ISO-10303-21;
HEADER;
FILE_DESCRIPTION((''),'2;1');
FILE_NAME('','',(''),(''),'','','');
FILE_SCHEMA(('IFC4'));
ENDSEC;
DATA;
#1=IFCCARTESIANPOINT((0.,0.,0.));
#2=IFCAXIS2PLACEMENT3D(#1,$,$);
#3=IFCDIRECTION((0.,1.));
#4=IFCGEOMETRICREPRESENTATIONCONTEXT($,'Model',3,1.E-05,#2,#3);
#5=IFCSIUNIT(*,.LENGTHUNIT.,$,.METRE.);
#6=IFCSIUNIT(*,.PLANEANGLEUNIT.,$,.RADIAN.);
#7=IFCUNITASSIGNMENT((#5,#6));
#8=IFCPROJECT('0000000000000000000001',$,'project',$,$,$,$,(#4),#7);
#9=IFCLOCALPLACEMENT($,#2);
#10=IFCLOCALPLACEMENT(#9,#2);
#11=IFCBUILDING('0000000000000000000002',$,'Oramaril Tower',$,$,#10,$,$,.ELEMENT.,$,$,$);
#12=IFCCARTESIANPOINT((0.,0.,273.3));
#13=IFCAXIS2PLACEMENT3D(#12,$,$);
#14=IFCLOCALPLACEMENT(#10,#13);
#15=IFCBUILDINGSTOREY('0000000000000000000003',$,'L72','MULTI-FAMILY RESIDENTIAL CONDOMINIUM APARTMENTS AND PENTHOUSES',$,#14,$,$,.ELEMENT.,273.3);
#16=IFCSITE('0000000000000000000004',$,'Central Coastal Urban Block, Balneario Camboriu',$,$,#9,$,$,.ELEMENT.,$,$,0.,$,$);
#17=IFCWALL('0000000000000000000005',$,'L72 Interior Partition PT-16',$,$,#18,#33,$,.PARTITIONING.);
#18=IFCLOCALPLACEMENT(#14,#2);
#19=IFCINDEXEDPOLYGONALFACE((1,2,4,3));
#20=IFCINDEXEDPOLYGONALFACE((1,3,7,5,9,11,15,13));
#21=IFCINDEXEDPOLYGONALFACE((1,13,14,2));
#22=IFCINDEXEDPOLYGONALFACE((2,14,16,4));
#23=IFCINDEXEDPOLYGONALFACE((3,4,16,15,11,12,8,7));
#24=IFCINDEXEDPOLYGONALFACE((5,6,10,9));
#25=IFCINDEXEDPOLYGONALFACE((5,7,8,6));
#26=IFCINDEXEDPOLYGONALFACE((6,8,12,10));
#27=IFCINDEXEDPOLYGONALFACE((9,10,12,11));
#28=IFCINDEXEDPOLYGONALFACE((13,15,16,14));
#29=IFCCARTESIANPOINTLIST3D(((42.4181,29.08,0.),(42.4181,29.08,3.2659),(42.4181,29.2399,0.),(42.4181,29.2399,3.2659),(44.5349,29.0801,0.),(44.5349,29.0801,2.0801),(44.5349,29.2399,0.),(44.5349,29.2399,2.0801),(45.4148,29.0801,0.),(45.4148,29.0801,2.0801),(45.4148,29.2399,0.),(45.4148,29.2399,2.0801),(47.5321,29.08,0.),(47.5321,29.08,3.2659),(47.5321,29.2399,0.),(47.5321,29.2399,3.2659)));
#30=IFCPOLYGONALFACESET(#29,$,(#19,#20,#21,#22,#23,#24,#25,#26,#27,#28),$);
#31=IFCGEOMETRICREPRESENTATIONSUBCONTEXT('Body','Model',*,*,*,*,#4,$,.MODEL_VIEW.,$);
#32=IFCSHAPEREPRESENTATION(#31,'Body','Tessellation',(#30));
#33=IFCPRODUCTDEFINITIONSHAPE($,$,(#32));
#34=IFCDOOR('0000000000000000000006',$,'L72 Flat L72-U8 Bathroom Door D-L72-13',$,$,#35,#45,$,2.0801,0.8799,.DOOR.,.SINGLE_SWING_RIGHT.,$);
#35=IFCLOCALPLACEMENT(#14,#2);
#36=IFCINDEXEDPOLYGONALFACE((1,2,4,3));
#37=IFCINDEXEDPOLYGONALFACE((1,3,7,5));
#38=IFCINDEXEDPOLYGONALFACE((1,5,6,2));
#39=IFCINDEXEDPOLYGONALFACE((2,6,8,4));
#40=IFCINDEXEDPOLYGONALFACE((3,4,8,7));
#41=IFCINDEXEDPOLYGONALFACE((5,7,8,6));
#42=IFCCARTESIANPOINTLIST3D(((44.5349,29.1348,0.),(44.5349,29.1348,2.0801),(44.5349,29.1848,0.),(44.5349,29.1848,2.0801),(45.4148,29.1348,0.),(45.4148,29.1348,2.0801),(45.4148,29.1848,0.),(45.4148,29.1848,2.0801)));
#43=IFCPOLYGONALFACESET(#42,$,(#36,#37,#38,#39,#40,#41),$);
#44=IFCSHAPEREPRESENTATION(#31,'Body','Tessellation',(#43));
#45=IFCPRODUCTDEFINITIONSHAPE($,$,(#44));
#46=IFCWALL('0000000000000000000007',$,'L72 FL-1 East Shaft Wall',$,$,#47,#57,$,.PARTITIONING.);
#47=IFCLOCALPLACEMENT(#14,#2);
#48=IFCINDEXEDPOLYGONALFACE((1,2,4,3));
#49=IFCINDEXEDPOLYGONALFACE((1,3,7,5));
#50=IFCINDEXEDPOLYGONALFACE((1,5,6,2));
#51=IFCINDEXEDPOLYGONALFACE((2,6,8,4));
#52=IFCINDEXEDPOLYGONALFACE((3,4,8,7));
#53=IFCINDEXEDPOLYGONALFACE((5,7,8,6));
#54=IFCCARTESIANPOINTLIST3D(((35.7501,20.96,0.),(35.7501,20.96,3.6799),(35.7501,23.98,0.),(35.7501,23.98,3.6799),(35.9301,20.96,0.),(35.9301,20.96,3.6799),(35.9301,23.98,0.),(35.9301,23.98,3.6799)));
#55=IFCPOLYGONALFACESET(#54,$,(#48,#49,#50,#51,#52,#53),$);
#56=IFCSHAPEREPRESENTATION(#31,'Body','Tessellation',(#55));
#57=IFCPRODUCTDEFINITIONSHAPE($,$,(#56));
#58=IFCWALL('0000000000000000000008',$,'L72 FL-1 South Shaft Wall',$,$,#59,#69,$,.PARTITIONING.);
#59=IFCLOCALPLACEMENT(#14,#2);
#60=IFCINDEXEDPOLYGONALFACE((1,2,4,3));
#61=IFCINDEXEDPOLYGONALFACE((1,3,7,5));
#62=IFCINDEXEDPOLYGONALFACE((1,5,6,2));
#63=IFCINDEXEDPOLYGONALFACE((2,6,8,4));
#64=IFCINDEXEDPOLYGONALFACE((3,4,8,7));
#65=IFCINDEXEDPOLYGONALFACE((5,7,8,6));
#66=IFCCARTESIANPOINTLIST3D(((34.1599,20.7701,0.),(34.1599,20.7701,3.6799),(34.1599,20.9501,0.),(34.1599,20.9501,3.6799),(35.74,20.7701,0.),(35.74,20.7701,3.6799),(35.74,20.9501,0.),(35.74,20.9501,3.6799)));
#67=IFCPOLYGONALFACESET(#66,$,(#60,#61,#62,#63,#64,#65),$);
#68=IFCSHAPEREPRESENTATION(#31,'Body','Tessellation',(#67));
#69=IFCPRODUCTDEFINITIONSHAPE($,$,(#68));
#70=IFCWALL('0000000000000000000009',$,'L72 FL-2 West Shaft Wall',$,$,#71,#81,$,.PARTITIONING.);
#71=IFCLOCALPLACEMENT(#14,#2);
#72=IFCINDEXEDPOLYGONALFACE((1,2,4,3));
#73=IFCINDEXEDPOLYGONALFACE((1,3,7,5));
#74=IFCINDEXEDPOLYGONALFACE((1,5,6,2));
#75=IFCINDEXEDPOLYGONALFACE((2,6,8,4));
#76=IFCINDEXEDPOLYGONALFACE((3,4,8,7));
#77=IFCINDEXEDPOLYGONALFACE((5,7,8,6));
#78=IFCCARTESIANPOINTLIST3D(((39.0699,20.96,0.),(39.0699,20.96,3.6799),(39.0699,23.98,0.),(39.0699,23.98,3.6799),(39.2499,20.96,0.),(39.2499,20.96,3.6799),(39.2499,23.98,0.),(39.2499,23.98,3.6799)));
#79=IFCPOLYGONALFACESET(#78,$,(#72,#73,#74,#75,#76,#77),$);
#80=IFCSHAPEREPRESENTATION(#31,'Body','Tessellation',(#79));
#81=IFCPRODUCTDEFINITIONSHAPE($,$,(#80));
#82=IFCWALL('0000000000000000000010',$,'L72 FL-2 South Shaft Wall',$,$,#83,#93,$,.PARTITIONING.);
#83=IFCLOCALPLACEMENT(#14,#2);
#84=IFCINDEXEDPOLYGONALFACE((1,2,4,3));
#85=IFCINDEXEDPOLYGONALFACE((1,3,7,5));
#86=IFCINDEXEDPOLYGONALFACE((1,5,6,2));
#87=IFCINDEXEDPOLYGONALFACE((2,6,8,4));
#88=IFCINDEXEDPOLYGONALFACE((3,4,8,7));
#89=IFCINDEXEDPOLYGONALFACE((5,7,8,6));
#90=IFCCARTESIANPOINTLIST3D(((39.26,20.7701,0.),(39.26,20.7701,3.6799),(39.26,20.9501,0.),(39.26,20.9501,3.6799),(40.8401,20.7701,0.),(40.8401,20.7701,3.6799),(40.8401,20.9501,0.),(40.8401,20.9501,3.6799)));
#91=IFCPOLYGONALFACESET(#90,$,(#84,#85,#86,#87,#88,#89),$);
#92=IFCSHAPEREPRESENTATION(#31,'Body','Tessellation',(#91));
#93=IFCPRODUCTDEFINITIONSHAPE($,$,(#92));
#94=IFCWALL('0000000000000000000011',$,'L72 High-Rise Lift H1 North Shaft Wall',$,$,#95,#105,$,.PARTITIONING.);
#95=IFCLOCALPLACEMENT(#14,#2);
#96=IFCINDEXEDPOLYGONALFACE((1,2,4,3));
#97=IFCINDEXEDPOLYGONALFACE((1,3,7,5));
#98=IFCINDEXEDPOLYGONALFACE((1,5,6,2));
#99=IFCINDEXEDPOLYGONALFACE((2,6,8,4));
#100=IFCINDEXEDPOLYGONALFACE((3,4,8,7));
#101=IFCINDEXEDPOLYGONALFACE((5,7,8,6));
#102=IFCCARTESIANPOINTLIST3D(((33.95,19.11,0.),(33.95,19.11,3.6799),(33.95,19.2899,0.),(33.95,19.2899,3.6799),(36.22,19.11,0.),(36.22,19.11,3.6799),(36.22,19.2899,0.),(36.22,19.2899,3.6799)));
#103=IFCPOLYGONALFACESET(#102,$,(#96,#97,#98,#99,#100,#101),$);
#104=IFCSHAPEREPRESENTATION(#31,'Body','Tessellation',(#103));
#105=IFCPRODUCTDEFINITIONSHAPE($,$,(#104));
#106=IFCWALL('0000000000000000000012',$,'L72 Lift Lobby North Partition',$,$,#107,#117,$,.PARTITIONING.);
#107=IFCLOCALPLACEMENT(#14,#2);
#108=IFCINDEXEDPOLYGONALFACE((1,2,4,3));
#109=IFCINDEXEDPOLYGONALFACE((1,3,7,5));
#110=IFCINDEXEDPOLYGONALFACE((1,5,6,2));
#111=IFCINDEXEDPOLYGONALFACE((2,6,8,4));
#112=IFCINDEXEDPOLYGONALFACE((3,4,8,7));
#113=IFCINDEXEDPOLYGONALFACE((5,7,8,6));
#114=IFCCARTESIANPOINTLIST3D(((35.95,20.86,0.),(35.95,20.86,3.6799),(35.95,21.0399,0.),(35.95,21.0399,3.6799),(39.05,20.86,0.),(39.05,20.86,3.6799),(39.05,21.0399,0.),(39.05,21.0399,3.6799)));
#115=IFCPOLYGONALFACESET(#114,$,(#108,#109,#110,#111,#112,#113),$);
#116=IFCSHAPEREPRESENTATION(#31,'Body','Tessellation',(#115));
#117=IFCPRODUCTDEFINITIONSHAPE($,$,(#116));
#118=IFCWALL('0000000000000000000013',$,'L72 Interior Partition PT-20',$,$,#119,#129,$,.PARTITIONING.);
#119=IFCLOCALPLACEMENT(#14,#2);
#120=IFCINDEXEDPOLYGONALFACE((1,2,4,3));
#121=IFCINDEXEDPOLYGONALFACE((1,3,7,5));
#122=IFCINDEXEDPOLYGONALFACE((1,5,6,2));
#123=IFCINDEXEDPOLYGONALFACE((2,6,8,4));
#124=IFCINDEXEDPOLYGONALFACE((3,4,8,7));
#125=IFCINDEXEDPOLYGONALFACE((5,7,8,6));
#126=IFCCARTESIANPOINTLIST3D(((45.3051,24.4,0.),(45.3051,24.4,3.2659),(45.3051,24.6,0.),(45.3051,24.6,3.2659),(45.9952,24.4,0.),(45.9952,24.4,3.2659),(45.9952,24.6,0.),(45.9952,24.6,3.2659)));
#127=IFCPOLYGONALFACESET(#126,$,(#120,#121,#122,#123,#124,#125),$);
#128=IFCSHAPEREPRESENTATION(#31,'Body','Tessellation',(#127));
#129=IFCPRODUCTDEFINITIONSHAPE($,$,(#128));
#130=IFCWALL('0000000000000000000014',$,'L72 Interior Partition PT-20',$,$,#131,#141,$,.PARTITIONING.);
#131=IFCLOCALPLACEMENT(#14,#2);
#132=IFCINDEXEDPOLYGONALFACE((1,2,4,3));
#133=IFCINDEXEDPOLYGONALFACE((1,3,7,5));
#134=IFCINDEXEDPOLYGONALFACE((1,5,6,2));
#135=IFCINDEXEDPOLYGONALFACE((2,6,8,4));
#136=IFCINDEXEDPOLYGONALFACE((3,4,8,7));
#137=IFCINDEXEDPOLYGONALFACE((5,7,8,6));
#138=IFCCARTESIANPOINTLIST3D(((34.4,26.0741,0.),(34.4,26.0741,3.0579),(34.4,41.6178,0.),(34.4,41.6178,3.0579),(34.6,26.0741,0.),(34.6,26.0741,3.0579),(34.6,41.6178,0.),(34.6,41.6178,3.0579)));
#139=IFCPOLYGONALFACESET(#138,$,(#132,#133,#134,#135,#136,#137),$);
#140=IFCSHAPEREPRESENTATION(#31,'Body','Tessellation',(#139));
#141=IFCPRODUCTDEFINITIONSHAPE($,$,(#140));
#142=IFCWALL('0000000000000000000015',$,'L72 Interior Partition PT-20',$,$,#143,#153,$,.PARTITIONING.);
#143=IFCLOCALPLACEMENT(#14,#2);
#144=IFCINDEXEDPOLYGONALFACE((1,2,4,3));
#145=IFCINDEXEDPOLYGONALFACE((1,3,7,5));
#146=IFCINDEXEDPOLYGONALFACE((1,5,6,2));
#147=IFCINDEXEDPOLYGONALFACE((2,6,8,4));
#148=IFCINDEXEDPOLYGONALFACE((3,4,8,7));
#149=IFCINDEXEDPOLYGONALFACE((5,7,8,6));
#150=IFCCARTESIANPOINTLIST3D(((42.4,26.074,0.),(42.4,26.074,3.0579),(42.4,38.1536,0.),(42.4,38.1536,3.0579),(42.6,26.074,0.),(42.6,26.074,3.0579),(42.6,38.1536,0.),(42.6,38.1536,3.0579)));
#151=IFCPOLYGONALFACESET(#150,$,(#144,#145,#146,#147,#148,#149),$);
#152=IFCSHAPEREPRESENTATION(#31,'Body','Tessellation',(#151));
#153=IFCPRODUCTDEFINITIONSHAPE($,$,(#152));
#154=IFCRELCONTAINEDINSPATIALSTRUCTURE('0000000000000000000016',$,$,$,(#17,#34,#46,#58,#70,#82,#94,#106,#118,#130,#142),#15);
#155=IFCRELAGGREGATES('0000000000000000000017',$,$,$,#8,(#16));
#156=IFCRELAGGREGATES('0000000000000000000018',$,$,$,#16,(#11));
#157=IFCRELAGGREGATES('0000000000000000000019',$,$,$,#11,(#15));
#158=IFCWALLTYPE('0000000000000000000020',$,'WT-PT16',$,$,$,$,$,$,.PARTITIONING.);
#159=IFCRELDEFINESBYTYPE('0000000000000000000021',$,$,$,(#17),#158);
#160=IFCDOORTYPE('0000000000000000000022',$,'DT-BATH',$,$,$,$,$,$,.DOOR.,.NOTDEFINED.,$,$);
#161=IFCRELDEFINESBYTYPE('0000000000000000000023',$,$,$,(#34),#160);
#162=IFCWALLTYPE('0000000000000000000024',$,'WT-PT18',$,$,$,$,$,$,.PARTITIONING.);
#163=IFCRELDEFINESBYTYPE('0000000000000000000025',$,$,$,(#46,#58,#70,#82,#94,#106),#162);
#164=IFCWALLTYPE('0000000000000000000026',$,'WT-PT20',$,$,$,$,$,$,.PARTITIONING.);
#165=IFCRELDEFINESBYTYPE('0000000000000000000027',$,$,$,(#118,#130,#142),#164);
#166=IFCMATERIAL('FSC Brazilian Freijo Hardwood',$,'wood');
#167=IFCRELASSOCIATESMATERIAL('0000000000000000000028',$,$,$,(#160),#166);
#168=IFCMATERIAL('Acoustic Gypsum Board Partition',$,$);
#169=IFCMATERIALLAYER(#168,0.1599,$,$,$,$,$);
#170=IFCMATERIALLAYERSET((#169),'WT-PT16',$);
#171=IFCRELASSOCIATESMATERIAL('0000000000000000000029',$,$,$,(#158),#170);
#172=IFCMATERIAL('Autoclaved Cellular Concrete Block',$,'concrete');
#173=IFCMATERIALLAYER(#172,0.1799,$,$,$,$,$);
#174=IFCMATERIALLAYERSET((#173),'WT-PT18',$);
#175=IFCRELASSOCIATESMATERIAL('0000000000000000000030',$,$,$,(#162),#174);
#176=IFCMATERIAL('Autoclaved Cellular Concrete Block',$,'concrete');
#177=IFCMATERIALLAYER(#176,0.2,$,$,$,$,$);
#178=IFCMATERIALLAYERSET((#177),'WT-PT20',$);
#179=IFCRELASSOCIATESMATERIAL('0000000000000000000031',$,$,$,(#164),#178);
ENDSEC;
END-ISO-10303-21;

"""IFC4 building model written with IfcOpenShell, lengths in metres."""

from ifc_helpers import new_model, si_unit, direction, frame, frame_2d, origin, place, context, subcontext, project, spatial, rectangle, extrude, material, layer, layer_set, type_object, element, fill, save


model = new_model("IFC4")

# Units and contexts
model_context = context("Model", 3, precision=1e-05, world=origin(), true_north=direction((0.0, 1.0)))
body_context = subcontext(model_context, "Body", "Model", "MODEL_VIEW")
ifc_project = project(units=[si_unit("LENGTHUNIT", "METRE"), si_unit("PLANEANGLEUNIT", "RADIAN")], contexts=[model_context])

# Site, building, storey
site_placement = place(None, origin())
site = spatial("IfcSite", under=ifc_project, at=site_placement, Name="Central Coastal Urban Block, Balneario Camboriu", CompositionType="ELEMENT", RefElevation=0.0)
building_placement = place(site_placement, origin())
building = spatial("IfcBuilding", under=site, at=building_placement, Name="Oramaril Tower", CompositionType="ELEMENT")
storey_placement = place(building_placement, frame((0.0, 0.0, 273.3)))
storey = spatial("IfcBuildingStorey", under=building, at=storey_placement, Name="L72", Description="MULTI-FAMILY RESIDENTIAL CONDOMINIUM APARTMENTS AND PENTHOUSES", CompositionType="ELEMENT", Elevation=273.3)

# Shared definitions
ifc_material_1 = material(Name="FSC Brazilian Freijo Hardwood", Category="wood")
door_type_1 = type_object("IfcDoorType", Name="DT-BATH", OperationType="NOTDEFINED", PredefinedType="DOOR", material=ifc_material_1)

# Wall, opening, door
ifc_material_2 = material(Name="Acoustic Gypsum Board Partition")
ifc_layer_1 = layer(ifc_material_2, 0.1599)
ifc_layer_set_1 = layer_set([ifc_layer_1], Name="WT-PT16")
wall_type_1 = type_object("IfcWallType", Name="WT-PT16", PredefinedType="PARTITIONING", material=ifc_layer_set_1)
wall_1_placement = place(storey_placement, frame((42.418, 29.1599, 0.0), z_axis=(0.0, 0.0, 1.0), x_axis=(1.0, 0.0, 0.0)))
wall_1 = element("IfcWall", 1, at=wall_1_placement, inside=storey, type_object=wall_type_1, Name="L72 Interior Partition PT-16", PredefinedType="PARTITIONING", context=body_context, shape_type="SweptSolid", body=[
    extrude(rectangle(XDim=5.114, YDim=0.1599, at=frame_2d((2.5571, 0.0))), origin(), (0.0, 0.0, 1.0), 3.2659),
])
opening_1_placement = place(wall_1_placement, frame((2.1169, 0.0, 0.0)))
opening_1 = element("IfcOpeningElement", 2, at=opening_1_placement, cuts=wall_1, PredefinedType="OPENING", context=body_context, shape_type="SweptSolid", body=[
    extrude(rectangle(XDim=0.8799, YDim=2.0801, at=frame_2d((0.4399, 1.04))), frame((0.0, 0.0801, 0.0), z_axis=(0.0, -1.0, 0.0), x_axis=(1.0, 0.0, 0.0)), (0.0, 0.0, 1.0), 0.1599),
])
door_1_placement = place(opening_1_placement, origin())
door_1 = element("IfcDoor", 3, at=door_1_placement, inside=storey, type_object=door_type_1, Name="L72 Flat L72-U8 Bathroom Door D-L72-13", OperationType="SINGLE_SWING_RIGHT", OverallHeight=2.0801, OverallWidth=0.8799, PredefinedType="DOOR", context=body_context, shape_type="SweptSolid", body=[
    extrude(rectangle(XDim=0.8799, YDim=2.0801, at=frame_2d((0.4399, 1.04))), frame((0.0, 0.0249, 0.0), z_axis=(0.0, -1.0, 0.0), x_axis=(1.0, 0.0, 0.0)), (0.0, 0.0, 1.0), 0.05),
])
fill(opening_1, door_1)

# Walls
ifc_material_3 = material(Name="Autoclaved Cellular Concrete Block", Category="concrete")
ifc_layer_2 = layer(ifc_material_3, 0.1799)
ifc_layer_set_2 = layer_set([ifc_layer_2], Name="WT-PT18")
wall_type_2 = type_object("IfcWallType", Name="WT-PT18", PredefinedType="PARTITIONING", material=ifc_layer_set_2)
wall_2_placement = place(storey_placement, frame((35.8401, 20.96, 0.0), z_axis=(0.0, 0.0, 1.0), x_axis=(0.0, 1.0, 0.0)))
element("IfcWall", 4, at=wall_2_placement, inside=storey, type_object=wall_type_2, Name="L72 FL-1 East Shaft Wall", PredefinedType="PARTITIONING", context=body_context, shape_type="SweptSolid", body=[
    extrude(rectangle(XDim=3.02, YDim=0.1799, at=frame_2d((1.51, 0.0))), origin(), (0.0, 0.0, 1.0), 3.6799),
])
wall_3_placement = place(storey_placement, frame((34.1599, 20.8601, 0.0), z_axis=(0.0, 0.0, 1.0), x_axis=(1.0, 0.0, 0.0)))
element("IfcWall", 5, at=wall_3_placement, inside=storey, type_object=wall_type_2, Name="L72 FL-1 South Shaft Wall", PredefinedType="PARTITIONING", context=body_context, shape_type="SweptSolid", body=[
    extrude(rectangle(XDim=1.5801, YDim=0.1799, at=frame_2d((0.79, 0.0))), origin(), (0.0, 0.0, 1.0), 3.6799),
])
wall_4_placement = place(storey_placement, frame((39.1599, 20.96, 0.0), z_axis=(0.0, 0.0, 1.0), x_axis=(0.0, 1.0, 0.0)))
element("IfcWall", 6, at=wall_4_placement, inside=storey, type_object=wall_type_2, Name="L72 FL-2 West Shaft Wall", PredefinedType="PARTITIONING", context=body_context, shape_type="SweptSolid", body=[
    extrude(rectangle(XDim=3.02, YDim=0.1799, at=frame_2d((1.51, 0.0))), origin(), (0.0, 0.0, 1.0), 3.6799),
])
wall_5_placement = place(storey_placement, frame((39.26, 20.8601, 0.0), z_axis=(0.0, 0.0, 1.0), x_axis=(1.0, 0.0, 0.0)))
element("IfcWall", 7, at=wall_5_placement, inside=storey, type_object=wall_type_2, Name="L72 FL-2 South Shaft Wall", PredefinedType="PARTITIONING", context=body_context, shape_type="SweptSolid", body=[
    extrude(rectangle(XDim=1.5801, YDim=0.1799, at=frame_2d((0.79, 0.0))), origin(), (0.0, 0.0, 1.0), 3.6799),
])
wall_6_placement = place(storey_placement, frame((33.95, 19.2, 0.0), z_axis=(0.0, 0.0, 1.0), x_axis=(1.0, 0.0, 0.0)))
element("IfcWall", 8, at=wall_6_placement, inside=storey, type_object=wall_type_2, Name="L72 High-Rise Lift H1 North Shaft Wall", PredefinedType="PARTITIONING", context=body_context, shape_type="SweptSolid", body=[
    extrude(rectangle(XDim=2.27, YDim=0.1799, at=frame_2d((1.135, 0.0))), origin(), (0.0, 0.0, 1.0), 3.6799),
])
wall_7_placement = place(storey_placement, frame((35.95, 20.95, 0.0), z_axis=(0.0, 0.0, 1.0), x_axis=(1.0, 0.0, 0.0)))
element("IfcWall", 9, at=wall_7_placement, inside=storey, type_object=wall_type_2, Name="L72 Lift Lobby North Partition", PredefinedType="PARTITIONING", context=body_context, shape_type="SweptSolid", body=[
    extrude(rectangle(XDim=3.1001, YDim=0.1799, at=frame_2d((1.55, 0.0))), origin(), (0.0, 0.0, 1.0), 3.6799),
])
ifc_material_4 = material(Name="Autoclaved Cellular Concrete Block", Category="concrete")
ifc_layer_3 = layer(ifc_material_4, 0.2)
ifc_layer_set_3 = layer_set([ifc_layer_3], Name="WT-PT20")
wall_type_3 = type_object("IfcWallType", Name="WT-PT20", PredefinedType="PARTITIONING", material=ifc_layer_set_3)
wall_8_placement = place(storey_placement, frame((45.3049, 24.5, 0.0), z_axis=(0.0, 0.0, 1.0), x_axis=(1.0, 0.0, 0.0)))
element("IfcWall", 10, at=wall_8_placement, inside=storey, type_object=wall_type_3, Name="L72 Interior Partition PT-20", PredefinedType="PARTITIONING", context=body_context, shape_type="SweptSolid", body=[
    extrude(rectangle(XDim=0.6902, YDim=0.2, at=frame_2d((0.3452, 0.0))), origin(), (0.0, 0.0, 1.0), 3.2659),
])
wall_9_placement = place(storey_placement, frame((34.5, 26.074, 0.0), z_axis=(0.0, 0.0, 1.0), x_axis=(0.0, 1.0, 0.0)))
element("IfcWall", 11, at=wall_9_placement, inside=storey, type_object=wall_type_3, Name="L72 Interior Partition PT-20", PredefinedType="PARTITIONING", context=body_context, shape_type="SweptSolid", body=[
    extrude(rectangle(XDim=15.5437, YDim=0.2, at=frame_2d((7.772, 0.0))), origin(), (0.0, 0.0, 1.0), 3.0579),
])
wall_10_placement = place(storey_placement, frame((42.5, 26.074, 0.0), z_axis=(0.0, 0.0, 1.0), x_axis=(0.0, 1.0, 0.0)))
element("IfcWall", 12, at=wall_10_placement, inside=storey, type_object=wall_type_3, Name="L72 Interior Partition PT-20", PredefinedType="PARTITIONING", context=body_context, shape_type="SweptSolid", body=[
    extrude(rectangle(XDim=12.0796, YDim=0.2, at=frame_2d((6.0398, 0.0))), origin(), (0.0, 0.0, 1.0), 3.0579),
])

save(model, "model.ifc")
